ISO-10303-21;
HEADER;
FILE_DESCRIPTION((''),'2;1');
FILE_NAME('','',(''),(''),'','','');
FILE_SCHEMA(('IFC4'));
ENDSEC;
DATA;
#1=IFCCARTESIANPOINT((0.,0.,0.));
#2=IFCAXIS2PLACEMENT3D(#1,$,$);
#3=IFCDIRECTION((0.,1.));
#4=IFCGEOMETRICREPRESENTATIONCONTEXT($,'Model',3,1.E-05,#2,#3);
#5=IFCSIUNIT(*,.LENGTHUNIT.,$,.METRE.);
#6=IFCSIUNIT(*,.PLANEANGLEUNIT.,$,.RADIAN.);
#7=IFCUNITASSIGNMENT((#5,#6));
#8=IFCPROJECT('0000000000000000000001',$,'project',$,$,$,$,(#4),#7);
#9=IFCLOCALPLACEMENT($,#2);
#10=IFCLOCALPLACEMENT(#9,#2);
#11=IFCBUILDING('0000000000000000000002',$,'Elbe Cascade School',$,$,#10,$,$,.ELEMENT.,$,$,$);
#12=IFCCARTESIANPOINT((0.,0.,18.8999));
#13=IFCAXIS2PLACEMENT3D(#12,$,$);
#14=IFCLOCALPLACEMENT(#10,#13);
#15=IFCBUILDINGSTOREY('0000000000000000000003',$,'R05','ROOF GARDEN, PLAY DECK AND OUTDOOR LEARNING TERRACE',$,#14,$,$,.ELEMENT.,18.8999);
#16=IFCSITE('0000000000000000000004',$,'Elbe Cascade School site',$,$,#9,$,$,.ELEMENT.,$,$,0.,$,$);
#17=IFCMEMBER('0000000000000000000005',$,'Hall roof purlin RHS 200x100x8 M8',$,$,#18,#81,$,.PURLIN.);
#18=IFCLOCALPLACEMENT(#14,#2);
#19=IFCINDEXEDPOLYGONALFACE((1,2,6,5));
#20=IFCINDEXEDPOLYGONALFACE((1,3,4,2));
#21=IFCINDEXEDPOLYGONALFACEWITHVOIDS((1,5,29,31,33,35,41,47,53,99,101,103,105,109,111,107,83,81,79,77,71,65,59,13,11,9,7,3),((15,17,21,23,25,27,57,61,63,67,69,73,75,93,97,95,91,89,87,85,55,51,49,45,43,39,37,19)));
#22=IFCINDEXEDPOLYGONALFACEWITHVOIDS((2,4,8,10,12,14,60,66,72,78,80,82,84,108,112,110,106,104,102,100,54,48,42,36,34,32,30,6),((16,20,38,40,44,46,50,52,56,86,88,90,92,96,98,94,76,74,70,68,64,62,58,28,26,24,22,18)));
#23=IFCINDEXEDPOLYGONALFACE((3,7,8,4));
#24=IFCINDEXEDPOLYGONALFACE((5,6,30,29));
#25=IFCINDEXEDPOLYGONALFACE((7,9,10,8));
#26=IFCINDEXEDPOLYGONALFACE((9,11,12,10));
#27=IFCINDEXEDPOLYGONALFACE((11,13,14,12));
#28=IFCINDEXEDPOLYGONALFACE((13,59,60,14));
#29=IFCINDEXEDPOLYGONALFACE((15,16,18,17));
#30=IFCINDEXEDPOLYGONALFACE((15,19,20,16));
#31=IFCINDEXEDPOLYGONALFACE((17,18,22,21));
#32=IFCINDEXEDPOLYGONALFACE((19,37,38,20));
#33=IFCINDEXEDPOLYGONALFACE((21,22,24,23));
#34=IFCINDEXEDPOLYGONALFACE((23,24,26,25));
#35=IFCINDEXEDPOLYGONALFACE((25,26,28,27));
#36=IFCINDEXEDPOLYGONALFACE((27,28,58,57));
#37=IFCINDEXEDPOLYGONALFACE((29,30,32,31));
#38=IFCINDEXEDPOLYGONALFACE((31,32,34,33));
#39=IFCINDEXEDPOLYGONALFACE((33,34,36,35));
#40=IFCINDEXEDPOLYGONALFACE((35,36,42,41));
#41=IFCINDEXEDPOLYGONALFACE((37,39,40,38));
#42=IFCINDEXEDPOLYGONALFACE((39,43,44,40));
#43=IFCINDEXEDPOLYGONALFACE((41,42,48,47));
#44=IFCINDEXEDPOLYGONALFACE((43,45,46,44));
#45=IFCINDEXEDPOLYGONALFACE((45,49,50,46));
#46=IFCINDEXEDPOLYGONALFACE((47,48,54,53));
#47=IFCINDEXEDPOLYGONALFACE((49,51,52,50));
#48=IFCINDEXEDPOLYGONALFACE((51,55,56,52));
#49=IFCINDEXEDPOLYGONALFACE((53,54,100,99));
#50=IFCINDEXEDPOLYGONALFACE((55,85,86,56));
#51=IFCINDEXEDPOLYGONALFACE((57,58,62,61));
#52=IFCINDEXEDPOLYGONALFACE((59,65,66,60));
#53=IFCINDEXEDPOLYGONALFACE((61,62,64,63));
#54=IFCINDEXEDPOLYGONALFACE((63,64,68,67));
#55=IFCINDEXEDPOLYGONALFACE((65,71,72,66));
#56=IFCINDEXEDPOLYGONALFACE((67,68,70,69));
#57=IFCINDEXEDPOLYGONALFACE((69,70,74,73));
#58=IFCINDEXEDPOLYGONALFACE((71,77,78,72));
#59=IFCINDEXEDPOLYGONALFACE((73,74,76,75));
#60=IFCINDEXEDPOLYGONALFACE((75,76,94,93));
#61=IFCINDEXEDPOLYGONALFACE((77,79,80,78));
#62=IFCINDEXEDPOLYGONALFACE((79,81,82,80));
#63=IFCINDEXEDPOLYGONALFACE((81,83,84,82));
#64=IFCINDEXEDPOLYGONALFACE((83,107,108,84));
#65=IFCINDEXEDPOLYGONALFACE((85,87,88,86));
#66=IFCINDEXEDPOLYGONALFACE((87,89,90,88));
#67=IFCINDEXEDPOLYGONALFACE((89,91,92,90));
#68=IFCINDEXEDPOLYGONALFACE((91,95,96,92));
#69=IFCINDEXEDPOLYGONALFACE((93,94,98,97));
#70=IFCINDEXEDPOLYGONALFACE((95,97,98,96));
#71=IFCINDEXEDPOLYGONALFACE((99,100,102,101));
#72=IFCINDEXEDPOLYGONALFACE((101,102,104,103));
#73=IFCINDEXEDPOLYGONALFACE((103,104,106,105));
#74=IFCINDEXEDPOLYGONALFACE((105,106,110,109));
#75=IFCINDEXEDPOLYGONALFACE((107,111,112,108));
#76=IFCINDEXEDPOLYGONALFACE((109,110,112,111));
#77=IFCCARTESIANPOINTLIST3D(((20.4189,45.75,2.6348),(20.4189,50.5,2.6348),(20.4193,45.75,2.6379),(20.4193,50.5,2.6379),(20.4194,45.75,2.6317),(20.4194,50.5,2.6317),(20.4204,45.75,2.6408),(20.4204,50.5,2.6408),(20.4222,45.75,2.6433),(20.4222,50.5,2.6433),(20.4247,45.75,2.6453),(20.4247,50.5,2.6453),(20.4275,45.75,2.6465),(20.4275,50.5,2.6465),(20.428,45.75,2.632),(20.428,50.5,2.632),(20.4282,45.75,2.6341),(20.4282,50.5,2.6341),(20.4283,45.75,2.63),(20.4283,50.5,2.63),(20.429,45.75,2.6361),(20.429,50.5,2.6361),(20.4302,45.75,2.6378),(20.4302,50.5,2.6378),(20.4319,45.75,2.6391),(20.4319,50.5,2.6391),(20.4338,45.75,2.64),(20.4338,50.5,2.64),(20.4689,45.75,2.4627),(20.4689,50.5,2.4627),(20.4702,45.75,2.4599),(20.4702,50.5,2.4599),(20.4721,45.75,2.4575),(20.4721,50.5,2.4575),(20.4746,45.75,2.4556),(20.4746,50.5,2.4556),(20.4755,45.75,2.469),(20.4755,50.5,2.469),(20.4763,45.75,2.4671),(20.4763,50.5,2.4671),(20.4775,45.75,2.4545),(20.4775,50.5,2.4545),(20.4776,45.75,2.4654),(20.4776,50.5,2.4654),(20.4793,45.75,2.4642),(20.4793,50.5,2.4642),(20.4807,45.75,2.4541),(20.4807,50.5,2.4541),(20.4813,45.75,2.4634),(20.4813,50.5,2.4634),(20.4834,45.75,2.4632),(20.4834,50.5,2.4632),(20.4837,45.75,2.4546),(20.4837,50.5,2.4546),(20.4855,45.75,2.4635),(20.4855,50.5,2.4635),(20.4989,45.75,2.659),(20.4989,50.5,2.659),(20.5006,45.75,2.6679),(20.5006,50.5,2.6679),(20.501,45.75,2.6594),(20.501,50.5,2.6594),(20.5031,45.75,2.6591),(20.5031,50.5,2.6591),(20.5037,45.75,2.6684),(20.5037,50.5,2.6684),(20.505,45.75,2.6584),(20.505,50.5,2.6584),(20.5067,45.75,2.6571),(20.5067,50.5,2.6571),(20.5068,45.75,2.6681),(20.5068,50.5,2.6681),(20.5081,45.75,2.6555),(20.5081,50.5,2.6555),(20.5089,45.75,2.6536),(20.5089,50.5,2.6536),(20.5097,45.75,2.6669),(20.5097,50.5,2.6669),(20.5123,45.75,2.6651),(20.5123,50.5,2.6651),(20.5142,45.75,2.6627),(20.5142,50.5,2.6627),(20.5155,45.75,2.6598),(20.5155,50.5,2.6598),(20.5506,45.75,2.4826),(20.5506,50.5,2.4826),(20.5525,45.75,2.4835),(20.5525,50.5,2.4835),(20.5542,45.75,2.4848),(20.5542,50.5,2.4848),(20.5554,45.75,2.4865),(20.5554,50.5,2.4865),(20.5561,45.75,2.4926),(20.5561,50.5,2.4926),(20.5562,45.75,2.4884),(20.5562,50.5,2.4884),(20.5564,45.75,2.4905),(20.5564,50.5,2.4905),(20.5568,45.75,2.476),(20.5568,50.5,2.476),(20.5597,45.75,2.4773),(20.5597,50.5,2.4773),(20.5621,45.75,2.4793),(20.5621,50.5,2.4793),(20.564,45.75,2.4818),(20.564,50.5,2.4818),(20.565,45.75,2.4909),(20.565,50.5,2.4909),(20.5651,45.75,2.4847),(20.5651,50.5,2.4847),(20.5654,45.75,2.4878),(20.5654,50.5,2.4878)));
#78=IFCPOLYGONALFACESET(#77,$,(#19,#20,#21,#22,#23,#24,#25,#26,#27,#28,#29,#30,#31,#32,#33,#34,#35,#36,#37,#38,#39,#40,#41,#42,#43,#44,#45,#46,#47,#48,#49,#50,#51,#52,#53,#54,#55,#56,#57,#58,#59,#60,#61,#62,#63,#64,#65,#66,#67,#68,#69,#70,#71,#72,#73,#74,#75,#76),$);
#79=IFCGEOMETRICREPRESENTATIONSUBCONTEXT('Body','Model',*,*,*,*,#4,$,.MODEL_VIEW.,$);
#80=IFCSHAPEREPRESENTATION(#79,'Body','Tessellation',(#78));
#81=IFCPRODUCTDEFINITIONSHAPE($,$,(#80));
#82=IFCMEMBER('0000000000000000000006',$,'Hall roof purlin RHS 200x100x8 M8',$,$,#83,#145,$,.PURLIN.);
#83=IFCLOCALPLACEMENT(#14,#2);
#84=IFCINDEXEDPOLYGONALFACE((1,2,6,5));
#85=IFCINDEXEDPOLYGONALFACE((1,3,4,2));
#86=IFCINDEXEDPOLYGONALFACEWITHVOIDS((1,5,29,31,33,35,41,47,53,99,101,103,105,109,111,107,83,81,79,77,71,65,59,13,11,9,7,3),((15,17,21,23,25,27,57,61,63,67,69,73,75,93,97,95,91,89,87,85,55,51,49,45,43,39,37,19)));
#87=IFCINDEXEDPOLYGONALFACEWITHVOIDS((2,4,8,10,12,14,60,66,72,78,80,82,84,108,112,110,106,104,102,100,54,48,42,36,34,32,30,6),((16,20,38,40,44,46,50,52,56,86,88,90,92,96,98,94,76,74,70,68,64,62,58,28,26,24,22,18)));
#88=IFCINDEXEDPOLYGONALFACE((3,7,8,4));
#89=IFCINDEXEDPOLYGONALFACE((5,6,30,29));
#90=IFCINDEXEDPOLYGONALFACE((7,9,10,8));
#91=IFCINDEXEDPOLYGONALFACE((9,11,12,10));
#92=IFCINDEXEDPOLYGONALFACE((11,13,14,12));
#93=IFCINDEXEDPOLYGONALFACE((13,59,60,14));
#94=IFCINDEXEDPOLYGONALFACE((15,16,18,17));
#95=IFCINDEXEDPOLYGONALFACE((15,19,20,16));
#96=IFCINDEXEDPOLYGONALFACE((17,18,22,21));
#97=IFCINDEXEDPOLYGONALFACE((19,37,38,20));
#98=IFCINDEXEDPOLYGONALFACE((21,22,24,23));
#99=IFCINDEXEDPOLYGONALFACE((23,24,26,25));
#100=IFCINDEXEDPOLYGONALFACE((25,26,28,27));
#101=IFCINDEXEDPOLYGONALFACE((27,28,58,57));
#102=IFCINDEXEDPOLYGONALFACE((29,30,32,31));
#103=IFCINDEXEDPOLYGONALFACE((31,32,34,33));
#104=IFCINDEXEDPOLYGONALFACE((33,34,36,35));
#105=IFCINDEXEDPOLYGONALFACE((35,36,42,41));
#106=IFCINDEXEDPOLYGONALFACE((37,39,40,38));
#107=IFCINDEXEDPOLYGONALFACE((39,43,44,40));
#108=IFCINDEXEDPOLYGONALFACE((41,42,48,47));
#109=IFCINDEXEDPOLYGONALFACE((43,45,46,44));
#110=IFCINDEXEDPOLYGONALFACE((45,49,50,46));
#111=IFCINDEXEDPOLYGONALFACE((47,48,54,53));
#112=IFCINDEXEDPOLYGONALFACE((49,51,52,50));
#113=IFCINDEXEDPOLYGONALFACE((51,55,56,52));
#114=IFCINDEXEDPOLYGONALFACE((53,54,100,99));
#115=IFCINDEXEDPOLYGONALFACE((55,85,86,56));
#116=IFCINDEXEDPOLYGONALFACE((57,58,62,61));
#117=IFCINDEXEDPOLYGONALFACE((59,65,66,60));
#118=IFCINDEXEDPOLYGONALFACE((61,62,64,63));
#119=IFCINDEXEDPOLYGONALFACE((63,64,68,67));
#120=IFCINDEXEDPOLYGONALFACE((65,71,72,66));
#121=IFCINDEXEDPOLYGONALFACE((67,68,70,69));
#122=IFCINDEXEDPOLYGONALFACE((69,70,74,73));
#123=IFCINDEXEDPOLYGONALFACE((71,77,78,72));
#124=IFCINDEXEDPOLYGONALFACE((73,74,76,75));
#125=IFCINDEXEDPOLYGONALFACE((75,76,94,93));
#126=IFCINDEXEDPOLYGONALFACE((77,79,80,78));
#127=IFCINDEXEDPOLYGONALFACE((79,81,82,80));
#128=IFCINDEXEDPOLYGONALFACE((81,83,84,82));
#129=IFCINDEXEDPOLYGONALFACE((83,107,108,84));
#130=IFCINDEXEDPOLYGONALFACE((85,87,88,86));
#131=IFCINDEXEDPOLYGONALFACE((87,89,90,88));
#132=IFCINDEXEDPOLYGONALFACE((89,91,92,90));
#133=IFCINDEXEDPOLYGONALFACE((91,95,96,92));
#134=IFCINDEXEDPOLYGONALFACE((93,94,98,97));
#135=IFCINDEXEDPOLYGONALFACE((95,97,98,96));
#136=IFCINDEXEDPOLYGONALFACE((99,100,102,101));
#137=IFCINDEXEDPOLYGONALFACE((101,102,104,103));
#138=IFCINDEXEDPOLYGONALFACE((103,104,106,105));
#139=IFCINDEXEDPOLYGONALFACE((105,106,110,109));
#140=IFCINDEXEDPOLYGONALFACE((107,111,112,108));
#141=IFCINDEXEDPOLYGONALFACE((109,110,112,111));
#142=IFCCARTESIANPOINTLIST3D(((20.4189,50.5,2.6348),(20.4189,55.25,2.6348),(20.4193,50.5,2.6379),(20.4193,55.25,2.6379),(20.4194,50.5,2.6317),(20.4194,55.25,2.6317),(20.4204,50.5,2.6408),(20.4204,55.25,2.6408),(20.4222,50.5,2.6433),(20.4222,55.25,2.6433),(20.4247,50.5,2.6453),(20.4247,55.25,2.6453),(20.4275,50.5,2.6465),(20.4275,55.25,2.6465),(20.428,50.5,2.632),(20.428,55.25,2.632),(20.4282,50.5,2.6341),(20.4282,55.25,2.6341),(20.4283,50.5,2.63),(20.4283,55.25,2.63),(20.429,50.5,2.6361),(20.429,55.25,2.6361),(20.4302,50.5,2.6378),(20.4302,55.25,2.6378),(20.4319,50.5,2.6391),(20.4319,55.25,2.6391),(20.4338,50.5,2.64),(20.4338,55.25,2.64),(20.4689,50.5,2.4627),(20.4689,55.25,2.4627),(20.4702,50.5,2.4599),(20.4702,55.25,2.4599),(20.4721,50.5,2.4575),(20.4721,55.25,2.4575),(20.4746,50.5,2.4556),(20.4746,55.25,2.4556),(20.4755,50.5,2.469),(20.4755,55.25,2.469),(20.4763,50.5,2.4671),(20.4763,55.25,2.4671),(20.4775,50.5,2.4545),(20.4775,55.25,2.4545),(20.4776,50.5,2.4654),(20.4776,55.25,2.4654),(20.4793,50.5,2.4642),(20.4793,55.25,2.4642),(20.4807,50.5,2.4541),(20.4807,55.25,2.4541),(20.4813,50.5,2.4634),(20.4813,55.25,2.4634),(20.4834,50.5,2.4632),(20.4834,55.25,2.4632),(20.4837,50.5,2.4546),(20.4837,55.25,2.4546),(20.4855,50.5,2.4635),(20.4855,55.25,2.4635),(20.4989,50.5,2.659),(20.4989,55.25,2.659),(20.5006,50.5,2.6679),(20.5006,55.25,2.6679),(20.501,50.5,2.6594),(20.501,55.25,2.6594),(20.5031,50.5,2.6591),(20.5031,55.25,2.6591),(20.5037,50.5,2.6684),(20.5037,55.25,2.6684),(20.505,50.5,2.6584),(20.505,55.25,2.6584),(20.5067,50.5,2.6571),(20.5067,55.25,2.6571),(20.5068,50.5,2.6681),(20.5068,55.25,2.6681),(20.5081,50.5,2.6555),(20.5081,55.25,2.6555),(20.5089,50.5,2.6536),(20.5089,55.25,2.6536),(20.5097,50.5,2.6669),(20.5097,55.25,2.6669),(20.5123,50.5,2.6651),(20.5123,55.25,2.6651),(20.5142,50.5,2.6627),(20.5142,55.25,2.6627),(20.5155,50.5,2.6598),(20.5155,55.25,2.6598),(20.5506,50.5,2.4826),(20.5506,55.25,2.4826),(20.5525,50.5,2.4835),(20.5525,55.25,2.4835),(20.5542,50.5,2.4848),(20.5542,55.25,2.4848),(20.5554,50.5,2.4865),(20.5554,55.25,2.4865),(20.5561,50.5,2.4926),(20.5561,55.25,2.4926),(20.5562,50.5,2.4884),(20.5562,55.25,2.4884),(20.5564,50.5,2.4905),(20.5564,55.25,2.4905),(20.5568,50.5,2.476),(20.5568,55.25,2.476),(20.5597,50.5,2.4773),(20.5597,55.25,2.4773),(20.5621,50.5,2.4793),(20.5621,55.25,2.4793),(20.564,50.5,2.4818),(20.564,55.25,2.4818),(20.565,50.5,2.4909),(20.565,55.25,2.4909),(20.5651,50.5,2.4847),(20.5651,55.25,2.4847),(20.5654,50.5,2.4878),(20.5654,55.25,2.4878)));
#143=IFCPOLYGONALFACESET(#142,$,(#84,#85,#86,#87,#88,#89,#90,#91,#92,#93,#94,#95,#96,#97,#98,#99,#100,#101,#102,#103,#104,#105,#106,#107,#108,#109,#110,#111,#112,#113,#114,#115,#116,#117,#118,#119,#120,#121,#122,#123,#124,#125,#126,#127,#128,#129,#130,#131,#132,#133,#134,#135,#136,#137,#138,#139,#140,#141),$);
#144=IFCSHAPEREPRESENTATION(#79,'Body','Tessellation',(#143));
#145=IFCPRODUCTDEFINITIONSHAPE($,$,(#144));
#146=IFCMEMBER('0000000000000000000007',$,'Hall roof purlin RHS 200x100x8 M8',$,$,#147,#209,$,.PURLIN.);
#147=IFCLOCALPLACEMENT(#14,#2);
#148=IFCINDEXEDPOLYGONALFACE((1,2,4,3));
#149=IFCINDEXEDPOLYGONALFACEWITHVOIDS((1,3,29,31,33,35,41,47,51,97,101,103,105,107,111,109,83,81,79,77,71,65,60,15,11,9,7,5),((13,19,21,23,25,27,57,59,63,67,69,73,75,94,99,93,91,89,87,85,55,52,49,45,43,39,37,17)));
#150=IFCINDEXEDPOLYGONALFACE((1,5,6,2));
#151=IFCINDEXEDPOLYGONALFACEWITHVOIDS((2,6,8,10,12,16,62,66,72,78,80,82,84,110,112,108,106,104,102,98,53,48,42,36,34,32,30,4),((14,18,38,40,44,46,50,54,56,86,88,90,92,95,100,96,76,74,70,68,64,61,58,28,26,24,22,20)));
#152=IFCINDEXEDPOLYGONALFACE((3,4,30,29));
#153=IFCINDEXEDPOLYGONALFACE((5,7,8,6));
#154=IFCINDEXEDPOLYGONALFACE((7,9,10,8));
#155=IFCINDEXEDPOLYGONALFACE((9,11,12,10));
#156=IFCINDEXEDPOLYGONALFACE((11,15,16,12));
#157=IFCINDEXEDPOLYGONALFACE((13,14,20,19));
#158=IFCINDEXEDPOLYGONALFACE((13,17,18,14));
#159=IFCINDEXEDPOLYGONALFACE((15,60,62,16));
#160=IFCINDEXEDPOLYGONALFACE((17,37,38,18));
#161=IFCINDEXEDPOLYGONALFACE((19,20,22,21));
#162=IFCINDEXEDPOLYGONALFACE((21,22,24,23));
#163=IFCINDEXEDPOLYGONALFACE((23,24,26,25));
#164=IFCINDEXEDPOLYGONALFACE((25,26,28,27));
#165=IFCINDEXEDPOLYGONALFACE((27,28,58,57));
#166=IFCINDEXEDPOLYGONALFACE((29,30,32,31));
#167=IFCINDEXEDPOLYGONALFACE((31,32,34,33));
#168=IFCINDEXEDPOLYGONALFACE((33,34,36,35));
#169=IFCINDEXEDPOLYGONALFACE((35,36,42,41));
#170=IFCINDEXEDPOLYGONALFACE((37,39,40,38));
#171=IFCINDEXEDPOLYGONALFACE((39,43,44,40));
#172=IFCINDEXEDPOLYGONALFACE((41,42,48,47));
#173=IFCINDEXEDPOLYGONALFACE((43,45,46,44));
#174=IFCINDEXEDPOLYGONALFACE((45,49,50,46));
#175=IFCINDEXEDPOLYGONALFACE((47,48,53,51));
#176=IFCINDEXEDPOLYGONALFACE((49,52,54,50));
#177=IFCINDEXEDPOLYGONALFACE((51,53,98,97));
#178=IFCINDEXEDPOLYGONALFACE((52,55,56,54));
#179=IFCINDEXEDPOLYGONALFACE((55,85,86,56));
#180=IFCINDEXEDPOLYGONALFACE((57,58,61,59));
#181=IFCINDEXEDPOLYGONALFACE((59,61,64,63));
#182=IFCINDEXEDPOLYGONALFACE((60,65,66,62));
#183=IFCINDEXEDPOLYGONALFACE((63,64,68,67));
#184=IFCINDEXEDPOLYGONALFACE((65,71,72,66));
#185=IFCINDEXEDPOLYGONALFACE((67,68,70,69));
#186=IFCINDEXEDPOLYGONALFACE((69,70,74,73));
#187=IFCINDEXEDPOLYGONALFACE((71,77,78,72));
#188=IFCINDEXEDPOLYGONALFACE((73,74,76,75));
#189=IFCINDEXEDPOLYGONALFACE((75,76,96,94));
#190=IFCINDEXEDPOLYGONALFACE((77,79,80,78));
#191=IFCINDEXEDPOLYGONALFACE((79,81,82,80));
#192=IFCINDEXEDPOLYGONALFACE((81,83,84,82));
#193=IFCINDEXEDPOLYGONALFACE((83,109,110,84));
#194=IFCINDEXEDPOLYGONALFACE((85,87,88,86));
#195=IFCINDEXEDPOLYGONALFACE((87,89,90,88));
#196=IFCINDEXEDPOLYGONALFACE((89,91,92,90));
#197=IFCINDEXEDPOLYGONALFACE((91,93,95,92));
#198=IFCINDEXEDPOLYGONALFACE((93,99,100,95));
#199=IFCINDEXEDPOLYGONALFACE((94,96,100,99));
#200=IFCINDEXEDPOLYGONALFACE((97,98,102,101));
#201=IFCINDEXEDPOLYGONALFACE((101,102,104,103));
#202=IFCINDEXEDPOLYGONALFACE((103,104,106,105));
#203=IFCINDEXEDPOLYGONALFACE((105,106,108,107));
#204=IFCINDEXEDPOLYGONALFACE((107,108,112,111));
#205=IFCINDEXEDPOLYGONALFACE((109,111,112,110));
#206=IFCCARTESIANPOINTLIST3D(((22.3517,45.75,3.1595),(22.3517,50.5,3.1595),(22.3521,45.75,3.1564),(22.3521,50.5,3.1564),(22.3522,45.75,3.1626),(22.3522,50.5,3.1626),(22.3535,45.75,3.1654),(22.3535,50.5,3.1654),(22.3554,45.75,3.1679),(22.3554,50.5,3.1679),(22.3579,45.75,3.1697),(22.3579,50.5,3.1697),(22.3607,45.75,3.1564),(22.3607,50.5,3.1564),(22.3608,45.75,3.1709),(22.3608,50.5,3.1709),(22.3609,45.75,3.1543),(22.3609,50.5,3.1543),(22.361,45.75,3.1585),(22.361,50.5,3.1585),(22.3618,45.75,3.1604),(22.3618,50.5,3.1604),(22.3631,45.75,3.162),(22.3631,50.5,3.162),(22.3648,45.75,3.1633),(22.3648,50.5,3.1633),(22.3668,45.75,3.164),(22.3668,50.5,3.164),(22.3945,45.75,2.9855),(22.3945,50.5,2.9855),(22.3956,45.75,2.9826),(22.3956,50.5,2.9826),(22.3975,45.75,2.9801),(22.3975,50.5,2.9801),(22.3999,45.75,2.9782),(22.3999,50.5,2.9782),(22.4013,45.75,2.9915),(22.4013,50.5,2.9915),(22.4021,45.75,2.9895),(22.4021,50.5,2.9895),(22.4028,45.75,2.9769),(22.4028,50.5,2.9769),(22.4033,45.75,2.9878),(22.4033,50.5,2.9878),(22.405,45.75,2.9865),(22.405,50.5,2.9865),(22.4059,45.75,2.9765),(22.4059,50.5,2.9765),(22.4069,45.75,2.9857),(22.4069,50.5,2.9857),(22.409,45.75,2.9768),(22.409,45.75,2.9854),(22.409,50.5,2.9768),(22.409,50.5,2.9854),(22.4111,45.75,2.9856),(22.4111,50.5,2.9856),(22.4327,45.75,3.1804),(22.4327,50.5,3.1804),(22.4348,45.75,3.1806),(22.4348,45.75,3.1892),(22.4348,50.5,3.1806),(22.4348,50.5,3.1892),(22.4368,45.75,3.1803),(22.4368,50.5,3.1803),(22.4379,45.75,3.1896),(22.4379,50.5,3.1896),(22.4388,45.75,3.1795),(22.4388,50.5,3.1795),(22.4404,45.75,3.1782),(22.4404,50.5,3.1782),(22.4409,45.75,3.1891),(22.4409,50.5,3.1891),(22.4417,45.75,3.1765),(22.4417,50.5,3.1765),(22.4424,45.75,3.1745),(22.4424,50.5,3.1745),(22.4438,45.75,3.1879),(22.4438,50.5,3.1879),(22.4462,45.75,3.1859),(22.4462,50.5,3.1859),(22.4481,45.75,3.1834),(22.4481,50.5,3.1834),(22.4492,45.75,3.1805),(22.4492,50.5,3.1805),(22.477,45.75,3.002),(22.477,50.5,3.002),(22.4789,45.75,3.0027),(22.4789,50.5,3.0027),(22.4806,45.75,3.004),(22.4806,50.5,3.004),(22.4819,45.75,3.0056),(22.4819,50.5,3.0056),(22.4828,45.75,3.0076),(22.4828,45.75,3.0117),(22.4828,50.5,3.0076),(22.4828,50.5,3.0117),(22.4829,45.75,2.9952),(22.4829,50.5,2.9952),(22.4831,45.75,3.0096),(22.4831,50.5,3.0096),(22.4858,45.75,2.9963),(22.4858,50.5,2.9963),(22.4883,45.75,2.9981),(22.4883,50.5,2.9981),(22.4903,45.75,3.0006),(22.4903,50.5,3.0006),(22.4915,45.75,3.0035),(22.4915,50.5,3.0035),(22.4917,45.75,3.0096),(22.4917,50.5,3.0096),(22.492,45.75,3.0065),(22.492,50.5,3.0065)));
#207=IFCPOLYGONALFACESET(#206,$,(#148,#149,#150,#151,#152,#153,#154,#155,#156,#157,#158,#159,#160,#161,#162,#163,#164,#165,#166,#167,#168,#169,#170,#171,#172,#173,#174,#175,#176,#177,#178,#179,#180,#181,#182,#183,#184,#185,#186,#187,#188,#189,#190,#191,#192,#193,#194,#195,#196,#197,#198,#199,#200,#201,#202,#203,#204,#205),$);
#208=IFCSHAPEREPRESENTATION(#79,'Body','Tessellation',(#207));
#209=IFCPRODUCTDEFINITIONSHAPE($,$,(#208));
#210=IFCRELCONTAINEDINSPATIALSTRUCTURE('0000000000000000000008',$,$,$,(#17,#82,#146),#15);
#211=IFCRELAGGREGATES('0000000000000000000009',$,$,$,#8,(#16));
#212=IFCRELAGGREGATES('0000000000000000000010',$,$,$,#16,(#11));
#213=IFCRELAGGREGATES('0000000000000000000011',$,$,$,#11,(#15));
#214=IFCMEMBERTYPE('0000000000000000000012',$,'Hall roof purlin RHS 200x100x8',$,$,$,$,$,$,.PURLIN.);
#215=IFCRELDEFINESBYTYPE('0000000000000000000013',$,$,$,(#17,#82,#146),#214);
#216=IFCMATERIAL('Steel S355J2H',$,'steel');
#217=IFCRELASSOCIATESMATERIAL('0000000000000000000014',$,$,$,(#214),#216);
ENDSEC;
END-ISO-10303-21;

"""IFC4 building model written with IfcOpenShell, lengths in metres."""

from ifc_helpers import new_model, si_unit, direction, frame, origin, origin_2d, place, context, subcontext, project, spatial, hollow_rectangle, extrude, material, material_profile, profile_set, type_object, element, save


model = new_model("IFC4")

# Units and contexts
model_context = context("Model", 3, precision=1e-05, world=origin(), true_north=direction((0.0, 1.0)))
body_context = subcontext(model_context, "Body", "Model", "MODEL_VIEW")
ifc_project = project(units=[si_unit("LENGTHUNIT", "METRE"), si_unit("PLANEANGLEUNIT", "RADIAN")], contexts=[model_context])

# Site, building, storey
site_placement = place(None, origin())
site = spatial("IfcSite", under=ifc_project, at=site_placement, Name="Elbe Cascade School site", CompositionType="ELEMENT", RefElevation=0.0)
building_placement = place(site_placement, origin())
building = spatial("IfcBuilding", under=site, at=building_placement, Name="Elbe Cascade School", CompositionType="ELEMENT")
storey_placement = place(building_placement, frame((0.0, 0.0, 18.8999)))
storey = spatial("IfcBuildingStorey", under=building, at=storey_placement, Name="R05", Description="ROOF GARDEN, PLAY DECK AND OUTDOOR LEARNING TERRACE", CompositionType="ELEMENT", Elevation=18.8999)

# Members
ifc_material_1 = material(Name="Steel S355J2H", Category="steel")
ifc_material_profile_1 = material_profile(ifc_material_1, hollow_rectangle(XDim=0.1001, YDim=0.2, WallThickness=0.0081, InnerFilletRadius=0.0081, OuterFilletRadius=0.012, at=origin_2d()), Name="RHS 200x100x8")
ifc_profile_set_1 = profile_set([ifc_material_profile_1], Name="Steel S355J2H")
member_type_1 = type_object("IfcMemberType", Name="Hall roof purlin RHS 200x100x8", PredefinedType="PURLIN", material=ifc_profile_set_1)
for number, where, z_axis, x_axis, name in (
    (1, (20.4922, 45.75, 2.5613), (0.0, 1.0, 0.0), (-0.959684, 0.0, -0.281081), "Hall roof purlin RHS 200x100x8 M8"),
    (2, (20.4922, 50.5, 2.5613), (0.0, 1.0, 0.0), (-0.959684, 0.0, -0.281081), "Hall roof purlin RHS 200x100x8 M8"),
    (3, (22.4219, 45.75, 3.083), (0.0, 1.0, 0.0), (-0.970543, 0.0, -0.240927), "Hall roof purlin RHS 200x100x8 M8"),
):
    element("IfcMember", number, at=place(storey_placement, frame(where, z_axis=z_axis, x_axis=x_axis)), inside=storey, type_object=member_type_1, Name=name, PredefinedType="PURLIN", context=body_context, shape_type="SweptSolid", body=[
        extrude(hollow_rectangle(XDim=0.1001, YDim=0.2, WallThickness=0.0081, InnerFilletRadius=0.0081, OuterFilletRadius=0.012, at=origin_2d()), origin(), (0.0, 0.0, 1.0), 4.75),
    ])

save(model, "model.ifc")
